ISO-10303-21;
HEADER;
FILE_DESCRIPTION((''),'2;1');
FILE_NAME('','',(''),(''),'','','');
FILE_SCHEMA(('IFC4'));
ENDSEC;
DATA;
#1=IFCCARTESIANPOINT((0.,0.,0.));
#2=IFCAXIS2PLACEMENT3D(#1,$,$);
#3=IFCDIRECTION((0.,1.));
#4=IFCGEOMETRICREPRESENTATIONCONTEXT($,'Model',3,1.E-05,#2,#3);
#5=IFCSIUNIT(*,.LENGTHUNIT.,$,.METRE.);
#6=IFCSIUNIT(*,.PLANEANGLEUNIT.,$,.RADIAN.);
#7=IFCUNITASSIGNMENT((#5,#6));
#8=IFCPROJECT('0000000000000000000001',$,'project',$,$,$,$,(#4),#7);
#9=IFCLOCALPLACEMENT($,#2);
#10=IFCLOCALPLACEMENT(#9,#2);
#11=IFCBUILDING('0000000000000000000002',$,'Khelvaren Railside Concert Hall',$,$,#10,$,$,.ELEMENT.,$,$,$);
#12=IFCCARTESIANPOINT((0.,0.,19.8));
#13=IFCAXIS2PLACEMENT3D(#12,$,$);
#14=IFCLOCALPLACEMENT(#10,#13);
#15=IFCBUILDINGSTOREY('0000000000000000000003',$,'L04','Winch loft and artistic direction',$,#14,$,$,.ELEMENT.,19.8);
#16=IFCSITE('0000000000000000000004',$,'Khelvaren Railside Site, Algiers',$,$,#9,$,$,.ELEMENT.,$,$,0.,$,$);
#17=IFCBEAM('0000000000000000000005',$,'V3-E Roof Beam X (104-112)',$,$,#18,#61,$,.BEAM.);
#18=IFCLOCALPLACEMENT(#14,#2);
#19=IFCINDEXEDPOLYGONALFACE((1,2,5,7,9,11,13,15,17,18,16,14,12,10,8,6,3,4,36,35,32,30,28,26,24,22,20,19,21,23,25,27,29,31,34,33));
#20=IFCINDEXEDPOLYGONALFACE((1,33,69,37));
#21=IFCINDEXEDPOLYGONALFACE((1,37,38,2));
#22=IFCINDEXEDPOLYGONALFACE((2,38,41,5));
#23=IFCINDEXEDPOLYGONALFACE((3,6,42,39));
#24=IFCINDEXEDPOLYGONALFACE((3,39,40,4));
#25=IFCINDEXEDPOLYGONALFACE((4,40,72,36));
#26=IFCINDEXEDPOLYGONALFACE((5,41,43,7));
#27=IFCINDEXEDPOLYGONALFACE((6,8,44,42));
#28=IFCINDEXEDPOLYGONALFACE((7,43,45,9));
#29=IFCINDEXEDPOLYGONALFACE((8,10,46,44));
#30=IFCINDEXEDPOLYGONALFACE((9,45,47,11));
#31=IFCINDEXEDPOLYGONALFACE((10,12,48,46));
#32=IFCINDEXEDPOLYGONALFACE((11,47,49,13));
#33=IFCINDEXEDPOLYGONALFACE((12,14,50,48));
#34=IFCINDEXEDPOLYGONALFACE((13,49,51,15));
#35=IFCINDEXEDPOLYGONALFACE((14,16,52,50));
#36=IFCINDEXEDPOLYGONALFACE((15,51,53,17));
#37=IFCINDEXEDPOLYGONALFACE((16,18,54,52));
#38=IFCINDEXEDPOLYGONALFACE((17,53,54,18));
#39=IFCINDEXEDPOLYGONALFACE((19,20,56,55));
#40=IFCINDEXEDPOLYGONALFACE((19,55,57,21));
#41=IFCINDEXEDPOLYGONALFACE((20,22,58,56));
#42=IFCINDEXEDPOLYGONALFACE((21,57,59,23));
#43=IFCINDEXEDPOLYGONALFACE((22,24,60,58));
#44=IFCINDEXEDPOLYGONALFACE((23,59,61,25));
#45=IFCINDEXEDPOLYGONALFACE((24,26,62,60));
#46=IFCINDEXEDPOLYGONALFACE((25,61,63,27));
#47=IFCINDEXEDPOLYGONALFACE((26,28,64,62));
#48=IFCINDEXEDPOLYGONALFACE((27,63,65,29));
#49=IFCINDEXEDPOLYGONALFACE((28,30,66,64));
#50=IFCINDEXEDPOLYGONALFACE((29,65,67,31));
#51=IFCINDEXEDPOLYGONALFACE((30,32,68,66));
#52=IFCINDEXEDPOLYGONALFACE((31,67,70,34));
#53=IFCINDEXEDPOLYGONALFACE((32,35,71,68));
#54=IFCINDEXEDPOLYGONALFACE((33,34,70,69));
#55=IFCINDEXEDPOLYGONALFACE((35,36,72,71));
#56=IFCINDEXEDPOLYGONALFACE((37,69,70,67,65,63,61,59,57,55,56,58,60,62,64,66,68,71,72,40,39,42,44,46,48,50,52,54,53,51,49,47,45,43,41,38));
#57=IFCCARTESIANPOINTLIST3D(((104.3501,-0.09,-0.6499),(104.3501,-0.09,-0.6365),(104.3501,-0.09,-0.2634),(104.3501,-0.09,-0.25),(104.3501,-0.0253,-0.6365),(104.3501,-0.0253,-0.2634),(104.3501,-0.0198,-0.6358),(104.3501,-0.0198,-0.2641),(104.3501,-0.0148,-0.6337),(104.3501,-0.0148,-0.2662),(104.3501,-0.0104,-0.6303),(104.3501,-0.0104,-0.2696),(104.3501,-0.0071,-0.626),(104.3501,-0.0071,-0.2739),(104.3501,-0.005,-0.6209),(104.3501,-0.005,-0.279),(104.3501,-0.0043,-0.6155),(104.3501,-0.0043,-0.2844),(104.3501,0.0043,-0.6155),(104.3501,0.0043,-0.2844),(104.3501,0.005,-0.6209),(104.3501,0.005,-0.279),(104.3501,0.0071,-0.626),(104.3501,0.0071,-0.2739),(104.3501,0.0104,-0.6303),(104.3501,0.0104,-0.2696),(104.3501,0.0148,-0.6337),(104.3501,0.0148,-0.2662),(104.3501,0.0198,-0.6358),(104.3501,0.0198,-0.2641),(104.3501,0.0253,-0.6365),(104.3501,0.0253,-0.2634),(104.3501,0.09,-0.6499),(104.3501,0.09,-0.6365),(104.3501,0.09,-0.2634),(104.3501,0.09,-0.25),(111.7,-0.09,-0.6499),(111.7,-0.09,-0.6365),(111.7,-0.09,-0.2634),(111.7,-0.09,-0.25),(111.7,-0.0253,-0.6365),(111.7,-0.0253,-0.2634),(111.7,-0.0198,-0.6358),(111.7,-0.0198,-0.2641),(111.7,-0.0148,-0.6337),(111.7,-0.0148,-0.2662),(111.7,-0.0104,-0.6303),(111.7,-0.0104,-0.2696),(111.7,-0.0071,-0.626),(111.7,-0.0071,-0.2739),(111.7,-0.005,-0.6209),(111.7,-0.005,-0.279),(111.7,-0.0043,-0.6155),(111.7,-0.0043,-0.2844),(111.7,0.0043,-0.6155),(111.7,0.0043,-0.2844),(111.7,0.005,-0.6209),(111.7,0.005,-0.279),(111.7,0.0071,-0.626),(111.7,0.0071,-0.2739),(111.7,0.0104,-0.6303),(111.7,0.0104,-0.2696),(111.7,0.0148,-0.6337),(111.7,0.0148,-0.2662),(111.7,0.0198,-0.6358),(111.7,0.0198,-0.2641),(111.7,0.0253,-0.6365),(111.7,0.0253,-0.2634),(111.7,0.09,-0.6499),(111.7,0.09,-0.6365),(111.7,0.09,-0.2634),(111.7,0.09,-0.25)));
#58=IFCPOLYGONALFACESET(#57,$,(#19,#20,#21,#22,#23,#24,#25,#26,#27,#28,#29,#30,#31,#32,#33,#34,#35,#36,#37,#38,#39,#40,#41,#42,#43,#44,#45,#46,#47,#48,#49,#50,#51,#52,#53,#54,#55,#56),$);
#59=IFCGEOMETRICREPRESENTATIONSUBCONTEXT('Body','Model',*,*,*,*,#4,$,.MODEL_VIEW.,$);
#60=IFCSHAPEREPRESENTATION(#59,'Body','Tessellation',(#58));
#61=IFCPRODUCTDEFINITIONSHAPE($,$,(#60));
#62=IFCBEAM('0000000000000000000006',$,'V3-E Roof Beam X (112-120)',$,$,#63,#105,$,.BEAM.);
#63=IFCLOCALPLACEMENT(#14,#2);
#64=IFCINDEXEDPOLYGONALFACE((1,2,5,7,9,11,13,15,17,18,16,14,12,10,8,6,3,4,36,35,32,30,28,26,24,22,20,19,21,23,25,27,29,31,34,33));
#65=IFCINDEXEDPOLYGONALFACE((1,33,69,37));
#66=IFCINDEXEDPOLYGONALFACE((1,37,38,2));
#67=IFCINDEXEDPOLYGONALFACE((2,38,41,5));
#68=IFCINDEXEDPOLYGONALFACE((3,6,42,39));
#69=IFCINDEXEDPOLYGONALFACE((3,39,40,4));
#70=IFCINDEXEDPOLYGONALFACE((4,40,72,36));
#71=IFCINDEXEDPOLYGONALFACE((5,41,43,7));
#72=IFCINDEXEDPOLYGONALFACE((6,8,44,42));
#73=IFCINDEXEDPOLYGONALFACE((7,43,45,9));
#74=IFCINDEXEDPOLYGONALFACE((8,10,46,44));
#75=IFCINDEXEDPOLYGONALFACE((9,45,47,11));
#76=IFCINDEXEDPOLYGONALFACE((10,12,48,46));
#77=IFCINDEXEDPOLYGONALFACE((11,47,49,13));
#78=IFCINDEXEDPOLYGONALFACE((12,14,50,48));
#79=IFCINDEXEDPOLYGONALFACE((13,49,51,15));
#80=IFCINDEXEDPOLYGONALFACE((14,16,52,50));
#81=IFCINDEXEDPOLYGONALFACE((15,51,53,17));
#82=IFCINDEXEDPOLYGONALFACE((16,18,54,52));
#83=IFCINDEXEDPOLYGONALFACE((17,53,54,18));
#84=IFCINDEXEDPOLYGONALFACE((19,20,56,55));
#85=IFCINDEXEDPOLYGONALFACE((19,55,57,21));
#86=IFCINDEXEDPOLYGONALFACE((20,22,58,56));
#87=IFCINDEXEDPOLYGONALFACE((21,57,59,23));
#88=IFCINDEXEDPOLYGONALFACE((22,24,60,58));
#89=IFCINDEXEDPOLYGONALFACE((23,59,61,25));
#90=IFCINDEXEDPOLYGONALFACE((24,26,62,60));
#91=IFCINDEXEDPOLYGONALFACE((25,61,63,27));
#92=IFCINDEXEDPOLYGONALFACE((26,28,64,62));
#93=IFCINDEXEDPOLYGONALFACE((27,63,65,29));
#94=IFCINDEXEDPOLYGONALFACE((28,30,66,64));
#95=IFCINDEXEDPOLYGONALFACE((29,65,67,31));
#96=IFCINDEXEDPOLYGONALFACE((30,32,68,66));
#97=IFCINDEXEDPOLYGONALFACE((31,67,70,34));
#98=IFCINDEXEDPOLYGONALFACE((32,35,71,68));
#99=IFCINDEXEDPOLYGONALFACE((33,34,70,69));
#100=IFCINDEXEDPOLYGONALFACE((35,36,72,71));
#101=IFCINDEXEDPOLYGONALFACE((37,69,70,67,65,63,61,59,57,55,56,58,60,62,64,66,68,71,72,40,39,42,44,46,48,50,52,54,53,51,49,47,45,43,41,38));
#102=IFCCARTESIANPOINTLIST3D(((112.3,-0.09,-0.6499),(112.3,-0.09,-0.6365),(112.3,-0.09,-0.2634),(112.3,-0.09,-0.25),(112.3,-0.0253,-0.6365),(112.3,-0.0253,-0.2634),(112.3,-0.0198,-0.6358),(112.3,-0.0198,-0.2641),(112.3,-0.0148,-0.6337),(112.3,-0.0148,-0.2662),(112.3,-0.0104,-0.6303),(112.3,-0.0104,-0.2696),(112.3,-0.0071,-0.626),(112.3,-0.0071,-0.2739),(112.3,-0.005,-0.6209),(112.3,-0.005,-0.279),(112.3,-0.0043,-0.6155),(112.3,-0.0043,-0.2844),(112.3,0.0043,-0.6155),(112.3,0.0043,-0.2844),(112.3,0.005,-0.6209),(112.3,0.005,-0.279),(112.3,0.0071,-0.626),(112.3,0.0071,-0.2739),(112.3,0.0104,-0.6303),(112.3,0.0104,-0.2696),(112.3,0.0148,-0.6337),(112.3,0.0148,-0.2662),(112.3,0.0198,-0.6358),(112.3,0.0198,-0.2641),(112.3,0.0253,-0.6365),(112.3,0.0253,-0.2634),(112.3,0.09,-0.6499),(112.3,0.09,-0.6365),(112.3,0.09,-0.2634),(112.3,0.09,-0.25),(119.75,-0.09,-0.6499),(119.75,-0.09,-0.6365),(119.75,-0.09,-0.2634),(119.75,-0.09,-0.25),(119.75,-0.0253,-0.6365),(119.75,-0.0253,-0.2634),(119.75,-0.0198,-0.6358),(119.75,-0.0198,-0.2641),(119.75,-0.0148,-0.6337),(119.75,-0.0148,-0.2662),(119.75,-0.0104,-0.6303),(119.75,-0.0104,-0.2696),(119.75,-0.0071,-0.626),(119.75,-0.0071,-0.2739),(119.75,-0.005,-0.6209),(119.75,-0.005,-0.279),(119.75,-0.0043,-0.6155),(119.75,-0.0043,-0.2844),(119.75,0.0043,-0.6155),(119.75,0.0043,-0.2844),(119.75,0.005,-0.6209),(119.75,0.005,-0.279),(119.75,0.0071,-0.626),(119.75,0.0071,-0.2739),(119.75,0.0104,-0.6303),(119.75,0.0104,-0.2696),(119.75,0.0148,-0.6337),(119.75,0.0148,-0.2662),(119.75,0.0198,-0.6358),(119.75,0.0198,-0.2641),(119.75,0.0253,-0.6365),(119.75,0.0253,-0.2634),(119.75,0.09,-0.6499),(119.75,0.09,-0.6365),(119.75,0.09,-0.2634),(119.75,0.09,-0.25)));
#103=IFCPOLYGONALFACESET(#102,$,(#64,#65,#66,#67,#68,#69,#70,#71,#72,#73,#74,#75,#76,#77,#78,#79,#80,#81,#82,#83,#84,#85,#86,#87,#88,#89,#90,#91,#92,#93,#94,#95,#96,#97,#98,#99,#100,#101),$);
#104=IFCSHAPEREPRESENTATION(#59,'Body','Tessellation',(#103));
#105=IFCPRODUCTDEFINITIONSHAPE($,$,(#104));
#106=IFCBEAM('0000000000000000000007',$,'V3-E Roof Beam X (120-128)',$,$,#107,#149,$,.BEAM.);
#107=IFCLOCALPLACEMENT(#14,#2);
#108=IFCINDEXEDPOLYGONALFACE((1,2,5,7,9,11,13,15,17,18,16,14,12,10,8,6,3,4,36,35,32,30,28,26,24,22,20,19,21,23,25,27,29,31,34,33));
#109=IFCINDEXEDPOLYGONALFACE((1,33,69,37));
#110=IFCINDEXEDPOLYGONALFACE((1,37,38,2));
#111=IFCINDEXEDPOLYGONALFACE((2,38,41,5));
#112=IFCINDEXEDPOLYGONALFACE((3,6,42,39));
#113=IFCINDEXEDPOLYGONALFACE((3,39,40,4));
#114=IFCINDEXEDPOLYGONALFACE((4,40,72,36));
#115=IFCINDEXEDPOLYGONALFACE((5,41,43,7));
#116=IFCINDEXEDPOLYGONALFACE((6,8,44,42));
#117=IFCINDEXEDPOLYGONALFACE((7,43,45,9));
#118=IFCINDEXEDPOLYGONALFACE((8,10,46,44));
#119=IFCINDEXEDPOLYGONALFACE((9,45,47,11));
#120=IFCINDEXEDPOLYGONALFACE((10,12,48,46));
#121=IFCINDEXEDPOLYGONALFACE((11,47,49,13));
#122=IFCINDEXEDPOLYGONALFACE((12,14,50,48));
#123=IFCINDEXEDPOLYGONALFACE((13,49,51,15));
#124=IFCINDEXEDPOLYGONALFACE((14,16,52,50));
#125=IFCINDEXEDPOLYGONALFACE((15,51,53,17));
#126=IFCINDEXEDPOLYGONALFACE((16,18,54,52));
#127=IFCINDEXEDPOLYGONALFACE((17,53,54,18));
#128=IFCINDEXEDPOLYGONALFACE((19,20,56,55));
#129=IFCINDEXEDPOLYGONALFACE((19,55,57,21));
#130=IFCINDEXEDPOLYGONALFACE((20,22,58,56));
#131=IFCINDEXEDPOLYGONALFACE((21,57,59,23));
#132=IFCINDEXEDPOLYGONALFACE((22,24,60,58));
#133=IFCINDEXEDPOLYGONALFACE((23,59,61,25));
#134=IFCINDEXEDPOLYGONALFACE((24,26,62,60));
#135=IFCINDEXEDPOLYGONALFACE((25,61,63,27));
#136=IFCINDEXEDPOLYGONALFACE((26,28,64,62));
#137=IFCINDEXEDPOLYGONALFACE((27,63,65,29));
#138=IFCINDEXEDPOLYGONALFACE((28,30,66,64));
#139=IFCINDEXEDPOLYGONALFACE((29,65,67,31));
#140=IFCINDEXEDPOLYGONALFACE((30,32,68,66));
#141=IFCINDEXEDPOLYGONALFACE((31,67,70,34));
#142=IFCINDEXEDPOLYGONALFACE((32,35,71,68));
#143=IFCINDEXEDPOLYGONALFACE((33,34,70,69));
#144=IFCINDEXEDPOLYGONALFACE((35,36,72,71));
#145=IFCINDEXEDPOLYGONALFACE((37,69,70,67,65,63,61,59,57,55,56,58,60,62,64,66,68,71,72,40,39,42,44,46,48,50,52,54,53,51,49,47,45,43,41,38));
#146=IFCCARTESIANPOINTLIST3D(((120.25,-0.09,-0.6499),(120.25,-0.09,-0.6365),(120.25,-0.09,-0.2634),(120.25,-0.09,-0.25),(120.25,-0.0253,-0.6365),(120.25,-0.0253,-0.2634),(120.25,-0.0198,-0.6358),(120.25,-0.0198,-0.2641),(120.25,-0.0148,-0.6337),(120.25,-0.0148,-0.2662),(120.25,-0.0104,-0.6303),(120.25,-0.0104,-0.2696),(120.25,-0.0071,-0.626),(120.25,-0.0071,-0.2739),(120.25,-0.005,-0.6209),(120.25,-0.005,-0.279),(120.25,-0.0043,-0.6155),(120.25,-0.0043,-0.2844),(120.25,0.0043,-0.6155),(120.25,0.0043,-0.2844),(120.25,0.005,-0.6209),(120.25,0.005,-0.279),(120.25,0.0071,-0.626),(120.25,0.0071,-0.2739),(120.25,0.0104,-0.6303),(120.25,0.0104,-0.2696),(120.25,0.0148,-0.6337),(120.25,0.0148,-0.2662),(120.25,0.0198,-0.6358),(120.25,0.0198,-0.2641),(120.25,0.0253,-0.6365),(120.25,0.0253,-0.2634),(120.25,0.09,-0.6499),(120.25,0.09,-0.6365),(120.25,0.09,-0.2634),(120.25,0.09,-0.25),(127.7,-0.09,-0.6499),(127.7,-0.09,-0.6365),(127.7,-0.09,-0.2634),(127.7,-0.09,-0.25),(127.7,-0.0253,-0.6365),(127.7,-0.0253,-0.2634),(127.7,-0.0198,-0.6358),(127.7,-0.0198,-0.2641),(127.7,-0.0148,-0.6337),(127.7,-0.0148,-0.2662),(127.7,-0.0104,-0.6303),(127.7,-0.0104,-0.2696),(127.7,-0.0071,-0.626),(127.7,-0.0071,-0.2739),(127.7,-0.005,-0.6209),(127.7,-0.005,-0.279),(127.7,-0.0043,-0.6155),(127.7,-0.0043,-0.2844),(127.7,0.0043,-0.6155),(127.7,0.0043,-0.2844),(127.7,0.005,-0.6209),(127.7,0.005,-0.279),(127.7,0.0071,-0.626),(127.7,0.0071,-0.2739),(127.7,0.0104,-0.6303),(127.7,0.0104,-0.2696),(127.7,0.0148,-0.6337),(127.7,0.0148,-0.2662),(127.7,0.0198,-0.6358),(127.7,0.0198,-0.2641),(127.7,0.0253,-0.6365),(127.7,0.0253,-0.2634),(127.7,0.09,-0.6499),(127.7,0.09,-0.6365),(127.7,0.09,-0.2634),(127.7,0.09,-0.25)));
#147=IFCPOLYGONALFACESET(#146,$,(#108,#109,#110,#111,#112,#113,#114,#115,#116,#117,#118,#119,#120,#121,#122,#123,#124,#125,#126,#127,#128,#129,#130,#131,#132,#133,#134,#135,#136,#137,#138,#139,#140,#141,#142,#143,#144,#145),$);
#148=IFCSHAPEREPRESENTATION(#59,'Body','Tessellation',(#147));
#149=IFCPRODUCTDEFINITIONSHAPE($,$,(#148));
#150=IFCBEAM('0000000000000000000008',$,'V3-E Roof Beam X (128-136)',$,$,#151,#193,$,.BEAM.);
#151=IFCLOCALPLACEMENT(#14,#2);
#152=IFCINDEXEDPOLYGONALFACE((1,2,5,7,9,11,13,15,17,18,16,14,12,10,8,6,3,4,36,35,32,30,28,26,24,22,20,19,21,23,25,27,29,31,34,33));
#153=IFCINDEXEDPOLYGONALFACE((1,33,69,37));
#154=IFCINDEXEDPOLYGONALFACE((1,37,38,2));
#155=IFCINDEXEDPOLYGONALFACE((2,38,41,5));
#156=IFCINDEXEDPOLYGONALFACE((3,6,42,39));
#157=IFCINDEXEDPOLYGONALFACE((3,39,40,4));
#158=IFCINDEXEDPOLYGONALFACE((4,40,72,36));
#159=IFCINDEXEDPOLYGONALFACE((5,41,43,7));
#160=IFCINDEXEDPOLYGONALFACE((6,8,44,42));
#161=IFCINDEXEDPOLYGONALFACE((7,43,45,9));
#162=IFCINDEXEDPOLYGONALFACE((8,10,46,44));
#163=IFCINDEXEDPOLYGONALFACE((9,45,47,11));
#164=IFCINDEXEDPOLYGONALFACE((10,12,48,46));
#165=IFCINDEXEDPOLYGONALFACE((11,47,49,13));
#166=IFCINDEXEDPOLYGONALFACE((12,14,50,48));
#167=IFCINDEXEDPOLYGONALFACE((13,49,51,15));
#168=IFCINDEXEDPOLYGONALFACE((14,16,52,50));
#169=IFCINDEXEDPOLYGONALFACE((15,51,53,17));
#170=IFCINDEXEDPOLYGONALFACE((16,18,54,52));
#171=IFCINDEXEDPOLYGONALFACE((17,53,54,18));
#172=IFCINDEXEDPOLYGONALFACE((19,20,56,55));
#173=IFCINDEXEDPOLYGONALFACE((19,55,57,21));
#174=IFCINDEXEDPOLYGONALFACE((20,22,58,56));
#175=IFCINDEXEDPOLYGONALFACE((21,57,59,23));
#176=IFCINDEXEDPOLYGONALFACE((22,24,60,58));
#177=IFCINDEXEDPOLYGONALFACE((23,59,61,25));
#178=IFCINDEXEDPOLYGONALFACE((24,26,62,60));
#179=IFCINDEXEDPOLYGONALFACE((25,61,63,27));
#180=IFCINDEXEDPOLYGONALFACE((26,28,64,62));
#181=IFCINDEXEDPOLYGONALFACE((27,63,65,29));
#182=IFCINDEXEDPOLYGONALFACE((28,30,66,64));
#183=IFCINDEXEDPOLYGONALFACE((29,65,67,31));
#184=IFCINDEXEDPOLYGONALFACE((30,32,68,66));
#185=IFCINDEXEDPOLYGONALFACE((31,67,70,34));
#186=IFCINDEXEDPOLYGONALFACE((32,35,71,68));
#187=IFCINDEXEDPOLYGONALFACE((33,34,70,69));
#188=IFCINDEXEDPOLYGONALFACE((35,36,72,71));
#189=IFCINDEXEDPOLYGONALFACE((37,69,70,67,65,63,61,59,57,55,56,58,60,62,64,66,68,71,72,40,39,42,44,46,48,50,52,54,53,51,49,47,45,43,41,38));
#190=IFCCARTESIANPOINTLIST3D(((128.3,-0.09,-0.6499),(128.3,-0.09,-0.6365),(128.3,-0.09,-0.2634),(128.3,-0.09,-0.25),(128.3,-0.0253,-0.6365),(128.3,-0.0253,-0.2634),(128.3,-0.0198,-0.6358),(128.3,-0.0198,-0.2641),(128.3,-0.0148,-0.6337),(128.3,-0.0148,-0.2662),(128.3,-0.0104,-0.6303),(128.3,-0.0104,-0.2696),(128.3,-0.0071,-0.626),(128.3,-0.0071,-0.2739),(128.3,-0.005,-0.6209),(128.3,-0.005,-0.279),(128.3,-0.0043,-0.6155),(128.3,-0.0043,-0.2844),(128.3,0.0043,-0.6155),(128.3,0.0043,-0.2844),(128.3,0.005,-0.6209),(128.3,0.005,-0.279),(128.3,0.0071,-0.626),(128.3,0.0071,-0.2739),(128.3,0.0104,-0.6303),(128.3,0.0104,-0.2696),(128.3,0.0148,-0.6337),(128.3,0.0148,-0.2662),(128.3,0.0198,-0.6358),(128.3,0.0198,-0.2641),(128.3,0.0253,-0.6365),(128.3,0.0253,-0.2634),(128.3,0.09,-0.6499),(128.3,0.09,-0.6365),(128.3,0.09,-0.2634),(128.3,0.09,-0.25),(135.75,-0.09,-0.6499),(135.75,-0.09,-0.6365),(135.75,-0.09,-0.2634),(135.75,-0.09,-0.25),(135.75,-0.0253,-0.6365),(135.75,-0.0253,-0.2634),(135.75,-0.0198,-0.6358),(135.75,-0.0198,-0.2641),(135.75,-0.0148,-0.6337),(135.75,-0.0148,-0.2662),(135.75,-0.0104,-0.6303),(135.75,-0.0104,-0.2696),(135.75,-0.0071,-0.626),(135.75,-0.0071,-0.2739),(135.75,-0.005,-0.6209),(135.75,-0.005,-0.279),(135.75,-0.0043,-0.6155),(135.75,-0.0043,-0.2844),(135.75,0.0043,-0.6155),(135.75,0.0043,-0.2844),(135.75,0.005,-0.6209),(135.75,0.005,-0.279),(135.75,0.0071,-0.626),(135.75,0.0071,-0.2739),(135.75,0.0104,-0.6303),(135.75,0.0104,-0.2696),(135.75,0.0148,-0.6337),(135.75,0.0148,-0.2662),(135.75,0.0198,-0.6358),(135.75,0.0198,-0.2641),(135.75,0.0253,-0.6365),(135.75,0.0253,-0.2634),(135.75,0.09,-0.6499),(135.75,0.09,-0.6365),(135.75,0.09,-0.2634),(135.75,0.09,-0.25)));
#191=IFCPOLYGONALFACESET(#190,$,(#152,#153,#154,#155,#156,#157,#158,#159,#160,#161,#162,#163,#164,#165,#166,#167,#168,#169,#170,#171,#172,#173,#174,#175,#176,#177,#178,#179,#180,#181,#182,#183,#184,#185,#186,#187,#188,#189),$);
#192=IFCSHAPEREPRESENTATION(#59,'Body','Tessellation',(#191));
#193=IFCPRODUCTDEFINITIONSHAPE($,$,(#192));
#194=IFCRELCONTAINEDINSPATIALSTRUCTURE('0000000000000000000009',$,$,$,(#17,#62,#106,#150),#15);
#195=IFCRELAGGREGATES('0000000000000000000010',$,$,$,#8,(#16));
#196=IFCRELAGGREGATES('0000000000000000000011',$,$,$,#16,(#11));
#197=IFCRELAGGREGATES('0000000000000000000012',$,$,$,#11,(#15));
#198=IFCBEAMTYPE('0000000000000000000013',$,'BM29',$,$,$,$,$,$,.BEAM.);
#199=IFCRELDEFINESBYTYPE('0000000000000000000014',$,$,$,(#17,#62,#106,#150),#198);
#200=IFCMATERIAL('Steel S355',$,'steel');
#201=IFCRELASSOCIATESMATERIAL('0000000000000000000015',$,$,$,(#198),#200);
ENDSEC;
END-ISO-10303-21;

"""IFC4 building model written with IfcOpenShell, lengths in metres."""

from ifc_helpers import new_model, si_unit, direction, frame, origin, origin_2d, place, context, subcontext, project, spatial, i_section, extrude, material, material_profile, profile_set, type_object, element, save


model = new_model("IFC4")

# Units and contexts
model_context = context("Model", 3, precision=1e-05, world=origin(), true_north=direction((0.0, 1.0)))
body_context = subcontext(model_context, "Body", "Model", "MODEL_VIEW")
ifc_project = project(units=[si_unit("LENGTHUNIT", "METRE"), si_unit("PLANEANGLEUNIT", "RADIAN")], contexts=[model_context])

# Site, building, storey
site_placement = place(None, origin())
site = spatial("IfcSite", under=ifc_project, at=site_placement, Name="Khelvaren Railside Site, Algiers", CompositionType="ELEMENT", RefElevation=0.0)
building_placement = place(site_placement, origin())
building = spatial("IfcBuilding", under=site, at=building_placement, Name="Khelvaren Railside Concert Hall", CompositionType="ELEMENT")
storey_placement = place(building_placement, frame((0.0, 0.0, 19.8)))
storey = spatial("IfcBuildingStorey", under=building, at=storey_placement, Name="L04", Description="Winch loft and artistic direction", CompositionType="ELEMENT", Elevation=19.8)

# Beams
ifc_material_1 = material(Name="Steel S355", Category="steel")
ifc_material_profile = material_profile(ifc_material_1, i_section(OverallWidth=0.1799, OverallDepth=0.3999, WebThickness=0.0085, FlangeThickness=0.0134, FilletRadius=0.021, at=origin_2d()), Name="IPE 400")
ifc_profile_set = profile_set([ifc_material_profile], Name="Steel S355")
beam_type = type_object("IfcBeamType", Name="BM29", PredefinedType="BEAM", material=ifc_profile_set)
beam_1_placement = place(storey_placement, frame((104.3501, 0.0, -0.45), z_axis=(1.0, 0.0, 0.0), x_axis=(0.0, 1.0, 0.0)))
element("IfcBeam", 1, at=beam_1_placement, inside=storey, type_object=beam_type, Name="V3-E Roof Beam X (104-112)", PredefinedType="BEAM", context=body_context, shape_type="SweptSolid", body=[
    extrude(i_section(OverallWidth=0.1799, OverallDepth=0.3999, WebThickness=0.0085, FlangeThickness=0.0134, FilletRadius=0.021, at=origin_2d()), origin(), (0.0, 0.0, 1.0), 7.3499),
])
for number, where, z_axis, x_axis, name in (
    (2, (112.3, 0.0, -0.45), (1.0, 0.0, 0.0), (0.0, 1.0, 0.0), "V3-E Roof Beam X (112-120)"),
    (3, (120.25, 0.0, -0.45), (1.0, 0.0, 0.0), (0.0, 1.0, 0.0), "V3-E Roof Beam X (120-128)"),
    (4, (128.3, 0.0, -0.45), (1.0, 0.0, 0.0), (0.0, 1.0, 0.0), "V3-E Roof Beam X (128-136)"),
):
    element("IfcBeam", number, at=place(storey_placement, frame(where, z_axis=z_axis, x_axis=x_axis)), inside=storey, type_object=beam_type, Name=name, PredefinedType="BEAM", context=body_context, shape_type="SweptSolid", body=[
        extrude(i_section(OverallWidth=0.1799, OverallDepth=0.3999, WebThickness=0.0085, FlangeThickness=0.0134, FilletRadius=0.021, at=origin_2d()), origin(), (0.0, 0.0, 1.0), 7.45),
    ])

save(model, "model.ifc")
